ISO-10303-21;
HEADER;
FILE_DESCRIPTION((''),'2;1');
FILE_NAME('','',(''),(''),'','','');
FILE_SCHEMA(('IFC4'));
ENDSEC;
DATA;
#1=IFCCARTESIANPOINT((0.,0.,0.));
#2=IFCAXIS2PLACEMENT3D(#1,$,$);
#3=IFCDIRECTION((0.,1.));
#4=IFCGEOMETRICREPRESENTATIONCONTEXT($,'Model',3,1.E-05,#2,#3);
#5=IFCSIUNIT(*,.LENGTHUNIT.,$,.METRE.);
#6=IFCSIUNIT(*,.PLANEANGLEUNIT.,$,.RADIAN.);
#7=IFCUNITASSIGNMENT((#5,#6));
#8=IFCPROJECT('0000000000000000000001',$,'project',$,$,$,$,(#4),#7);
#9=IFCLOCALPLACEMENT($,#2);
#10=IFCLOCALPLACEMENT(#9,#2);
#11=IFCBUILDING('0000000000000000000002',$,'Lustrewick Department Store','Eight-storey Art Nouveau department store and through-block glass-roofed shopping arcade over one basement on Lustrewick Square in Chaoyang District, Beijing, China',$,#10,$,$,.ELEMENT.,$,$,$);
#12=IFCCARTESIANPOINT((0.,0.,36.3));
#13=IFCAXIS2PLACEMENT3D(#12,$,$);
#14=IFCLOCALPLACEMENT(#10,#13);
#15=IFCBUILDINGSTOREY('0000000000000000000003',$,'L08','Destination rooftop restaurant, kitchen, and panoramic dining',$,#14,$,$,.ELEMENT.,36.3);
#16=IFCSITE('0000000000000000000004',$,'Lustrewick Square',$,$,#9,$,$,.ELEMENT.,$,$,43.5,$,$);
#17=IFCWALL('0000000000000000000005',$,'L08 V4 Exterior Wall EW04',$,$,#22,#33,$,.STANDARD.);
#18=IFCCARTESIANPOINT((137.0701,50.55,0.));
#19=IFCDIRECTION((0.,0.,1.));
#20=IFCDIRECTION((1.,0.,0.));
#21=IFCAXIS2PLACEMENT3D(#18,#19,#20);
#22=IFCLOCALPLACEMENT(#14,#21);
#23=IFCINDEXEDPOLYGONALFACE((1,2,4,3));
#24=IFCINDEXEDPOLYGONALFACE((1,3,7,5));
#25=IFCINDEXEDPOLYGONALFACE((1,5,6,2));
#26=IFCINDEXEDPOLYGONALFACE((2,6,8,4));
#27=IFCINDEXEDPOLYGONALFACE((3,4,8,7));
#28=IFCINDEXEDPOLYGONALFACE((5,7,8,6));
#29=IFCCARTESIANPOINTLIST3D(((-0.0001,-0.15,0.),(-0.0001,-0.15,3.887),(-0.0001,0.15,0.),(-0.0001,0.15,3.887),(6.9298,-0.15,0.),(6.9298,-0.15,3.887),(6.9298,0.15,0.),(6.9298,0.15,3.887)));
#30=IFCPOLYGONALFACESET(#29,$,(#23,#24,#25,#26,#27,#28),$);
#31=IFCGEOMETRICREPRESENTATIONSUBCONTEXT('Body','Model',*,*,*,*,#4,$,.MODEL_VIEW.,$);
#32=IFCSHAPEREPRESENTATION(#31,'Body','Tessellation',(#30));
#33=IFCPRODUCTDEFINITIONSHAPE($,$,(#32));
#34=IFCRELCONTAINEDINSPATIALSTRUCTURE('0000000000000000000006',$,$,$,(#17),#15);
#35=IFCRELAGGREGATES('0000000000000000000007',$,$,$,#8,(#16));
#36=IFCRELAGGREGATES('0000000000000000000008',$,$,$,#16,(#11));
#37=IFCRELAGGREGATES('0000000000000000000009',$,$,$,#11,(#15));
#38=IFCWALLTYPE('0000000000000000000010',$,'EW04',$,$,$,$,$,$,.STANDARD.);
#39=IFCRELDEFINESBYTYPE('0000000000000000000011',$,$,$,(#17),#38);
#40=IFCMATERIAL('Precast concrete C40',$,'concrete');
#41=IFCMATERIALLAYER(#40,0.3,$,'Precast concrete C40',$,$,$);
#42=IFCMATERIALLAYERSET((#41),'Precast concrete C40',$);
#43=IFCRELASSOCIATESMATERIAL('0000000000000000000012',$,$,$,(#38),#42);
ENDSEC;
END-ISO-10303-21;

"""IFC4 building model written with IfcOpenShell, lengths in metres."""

from ifc_helpers import new_model, si_unit, direction, frame, frame_2d, origin, place, context, subcontext, project, spatial, rectangle, extrude, material, layer, layer_set, type_object, element, save


model = new_model("IFC4")

# Units and contexts
model_context = context("Model", 3, precision=1e-05, world=origin(), true_north=direction((0.0, 1.0)))
body_context = subcontext(model_context, "Body", "Model", "MODEL_VIEW")
ifc_project = project(units=[si_unit("LENGTHUNIT", "METRE"), si_unit("PLANEANGLEUNIT", "RADIAN")], contexts=[model_context])

# Site, building, storey
site_placement = place(None, origin())
site = spatial("IfcSite", under=ifc_project, at=site_placement, Name="Lustrewick Square", CompositionType="ELEMENT", RefElevation=43.5)
building_placement = place(site_placement, origin())
building = spatial("IfcBuilding", under=site, at=building_placement, Name="Lustrewick Department Store", Description="Eight-storey Art Nouveau department store and through-block glass-roofed shopping arcade over one basement on Lustrewick Square in Chaoyang District, Beijing, China", CompositionType="ELEMENT")
storey_placement = place(building_placement, frame((0.0, 0.0, 36.3)))
storey = spatial("IfcBuildingStorey", under=building, at=storey_placement, Name="L08", Description="Destination rooftop restaurant, kitchen, and panoramic dining", CompositionType="ELEMENT", Elevation=36.3)

# Shared definitions
ifc_material_1 = material(Name="Precast concrete C40", Category="concrete")

# Wall
ifc_layer_1 = layer(ifc_material_1, 0.3, Name="Precast concrete C40")
ifc_layer_set_1 = layer_set([ifc_layer_1], Name="Precast concrete C40")
wall_type_1 = type_object("IfcWallType", Name="EW04", PredefinedType="STANDARD", material=ifc_layer_set_1)
wall_1_placement = place(storey_placement, frame((137.0701, 50.55, 0.0), z_axis=(0.0, 0.0, 1.0), x_axis=(1.0, 0.0, 0.0)))
element("IfcWall", 1, at=wall_1_placement, inside=storey, type_object=wall_type_1, Name="L08 V4 Exterior Wall EW04", PredefinedType="STANDARD", context=body_context, shape_type="SweptSolid", body=[
    extrude(rectangle(XDim=6.9299, YDim=0.3, at=frame_2d((3.4648, 0.0))), origin(), (0.0, 0.0, 1.0), 3.887),
])

save(model, "model.ifc")
